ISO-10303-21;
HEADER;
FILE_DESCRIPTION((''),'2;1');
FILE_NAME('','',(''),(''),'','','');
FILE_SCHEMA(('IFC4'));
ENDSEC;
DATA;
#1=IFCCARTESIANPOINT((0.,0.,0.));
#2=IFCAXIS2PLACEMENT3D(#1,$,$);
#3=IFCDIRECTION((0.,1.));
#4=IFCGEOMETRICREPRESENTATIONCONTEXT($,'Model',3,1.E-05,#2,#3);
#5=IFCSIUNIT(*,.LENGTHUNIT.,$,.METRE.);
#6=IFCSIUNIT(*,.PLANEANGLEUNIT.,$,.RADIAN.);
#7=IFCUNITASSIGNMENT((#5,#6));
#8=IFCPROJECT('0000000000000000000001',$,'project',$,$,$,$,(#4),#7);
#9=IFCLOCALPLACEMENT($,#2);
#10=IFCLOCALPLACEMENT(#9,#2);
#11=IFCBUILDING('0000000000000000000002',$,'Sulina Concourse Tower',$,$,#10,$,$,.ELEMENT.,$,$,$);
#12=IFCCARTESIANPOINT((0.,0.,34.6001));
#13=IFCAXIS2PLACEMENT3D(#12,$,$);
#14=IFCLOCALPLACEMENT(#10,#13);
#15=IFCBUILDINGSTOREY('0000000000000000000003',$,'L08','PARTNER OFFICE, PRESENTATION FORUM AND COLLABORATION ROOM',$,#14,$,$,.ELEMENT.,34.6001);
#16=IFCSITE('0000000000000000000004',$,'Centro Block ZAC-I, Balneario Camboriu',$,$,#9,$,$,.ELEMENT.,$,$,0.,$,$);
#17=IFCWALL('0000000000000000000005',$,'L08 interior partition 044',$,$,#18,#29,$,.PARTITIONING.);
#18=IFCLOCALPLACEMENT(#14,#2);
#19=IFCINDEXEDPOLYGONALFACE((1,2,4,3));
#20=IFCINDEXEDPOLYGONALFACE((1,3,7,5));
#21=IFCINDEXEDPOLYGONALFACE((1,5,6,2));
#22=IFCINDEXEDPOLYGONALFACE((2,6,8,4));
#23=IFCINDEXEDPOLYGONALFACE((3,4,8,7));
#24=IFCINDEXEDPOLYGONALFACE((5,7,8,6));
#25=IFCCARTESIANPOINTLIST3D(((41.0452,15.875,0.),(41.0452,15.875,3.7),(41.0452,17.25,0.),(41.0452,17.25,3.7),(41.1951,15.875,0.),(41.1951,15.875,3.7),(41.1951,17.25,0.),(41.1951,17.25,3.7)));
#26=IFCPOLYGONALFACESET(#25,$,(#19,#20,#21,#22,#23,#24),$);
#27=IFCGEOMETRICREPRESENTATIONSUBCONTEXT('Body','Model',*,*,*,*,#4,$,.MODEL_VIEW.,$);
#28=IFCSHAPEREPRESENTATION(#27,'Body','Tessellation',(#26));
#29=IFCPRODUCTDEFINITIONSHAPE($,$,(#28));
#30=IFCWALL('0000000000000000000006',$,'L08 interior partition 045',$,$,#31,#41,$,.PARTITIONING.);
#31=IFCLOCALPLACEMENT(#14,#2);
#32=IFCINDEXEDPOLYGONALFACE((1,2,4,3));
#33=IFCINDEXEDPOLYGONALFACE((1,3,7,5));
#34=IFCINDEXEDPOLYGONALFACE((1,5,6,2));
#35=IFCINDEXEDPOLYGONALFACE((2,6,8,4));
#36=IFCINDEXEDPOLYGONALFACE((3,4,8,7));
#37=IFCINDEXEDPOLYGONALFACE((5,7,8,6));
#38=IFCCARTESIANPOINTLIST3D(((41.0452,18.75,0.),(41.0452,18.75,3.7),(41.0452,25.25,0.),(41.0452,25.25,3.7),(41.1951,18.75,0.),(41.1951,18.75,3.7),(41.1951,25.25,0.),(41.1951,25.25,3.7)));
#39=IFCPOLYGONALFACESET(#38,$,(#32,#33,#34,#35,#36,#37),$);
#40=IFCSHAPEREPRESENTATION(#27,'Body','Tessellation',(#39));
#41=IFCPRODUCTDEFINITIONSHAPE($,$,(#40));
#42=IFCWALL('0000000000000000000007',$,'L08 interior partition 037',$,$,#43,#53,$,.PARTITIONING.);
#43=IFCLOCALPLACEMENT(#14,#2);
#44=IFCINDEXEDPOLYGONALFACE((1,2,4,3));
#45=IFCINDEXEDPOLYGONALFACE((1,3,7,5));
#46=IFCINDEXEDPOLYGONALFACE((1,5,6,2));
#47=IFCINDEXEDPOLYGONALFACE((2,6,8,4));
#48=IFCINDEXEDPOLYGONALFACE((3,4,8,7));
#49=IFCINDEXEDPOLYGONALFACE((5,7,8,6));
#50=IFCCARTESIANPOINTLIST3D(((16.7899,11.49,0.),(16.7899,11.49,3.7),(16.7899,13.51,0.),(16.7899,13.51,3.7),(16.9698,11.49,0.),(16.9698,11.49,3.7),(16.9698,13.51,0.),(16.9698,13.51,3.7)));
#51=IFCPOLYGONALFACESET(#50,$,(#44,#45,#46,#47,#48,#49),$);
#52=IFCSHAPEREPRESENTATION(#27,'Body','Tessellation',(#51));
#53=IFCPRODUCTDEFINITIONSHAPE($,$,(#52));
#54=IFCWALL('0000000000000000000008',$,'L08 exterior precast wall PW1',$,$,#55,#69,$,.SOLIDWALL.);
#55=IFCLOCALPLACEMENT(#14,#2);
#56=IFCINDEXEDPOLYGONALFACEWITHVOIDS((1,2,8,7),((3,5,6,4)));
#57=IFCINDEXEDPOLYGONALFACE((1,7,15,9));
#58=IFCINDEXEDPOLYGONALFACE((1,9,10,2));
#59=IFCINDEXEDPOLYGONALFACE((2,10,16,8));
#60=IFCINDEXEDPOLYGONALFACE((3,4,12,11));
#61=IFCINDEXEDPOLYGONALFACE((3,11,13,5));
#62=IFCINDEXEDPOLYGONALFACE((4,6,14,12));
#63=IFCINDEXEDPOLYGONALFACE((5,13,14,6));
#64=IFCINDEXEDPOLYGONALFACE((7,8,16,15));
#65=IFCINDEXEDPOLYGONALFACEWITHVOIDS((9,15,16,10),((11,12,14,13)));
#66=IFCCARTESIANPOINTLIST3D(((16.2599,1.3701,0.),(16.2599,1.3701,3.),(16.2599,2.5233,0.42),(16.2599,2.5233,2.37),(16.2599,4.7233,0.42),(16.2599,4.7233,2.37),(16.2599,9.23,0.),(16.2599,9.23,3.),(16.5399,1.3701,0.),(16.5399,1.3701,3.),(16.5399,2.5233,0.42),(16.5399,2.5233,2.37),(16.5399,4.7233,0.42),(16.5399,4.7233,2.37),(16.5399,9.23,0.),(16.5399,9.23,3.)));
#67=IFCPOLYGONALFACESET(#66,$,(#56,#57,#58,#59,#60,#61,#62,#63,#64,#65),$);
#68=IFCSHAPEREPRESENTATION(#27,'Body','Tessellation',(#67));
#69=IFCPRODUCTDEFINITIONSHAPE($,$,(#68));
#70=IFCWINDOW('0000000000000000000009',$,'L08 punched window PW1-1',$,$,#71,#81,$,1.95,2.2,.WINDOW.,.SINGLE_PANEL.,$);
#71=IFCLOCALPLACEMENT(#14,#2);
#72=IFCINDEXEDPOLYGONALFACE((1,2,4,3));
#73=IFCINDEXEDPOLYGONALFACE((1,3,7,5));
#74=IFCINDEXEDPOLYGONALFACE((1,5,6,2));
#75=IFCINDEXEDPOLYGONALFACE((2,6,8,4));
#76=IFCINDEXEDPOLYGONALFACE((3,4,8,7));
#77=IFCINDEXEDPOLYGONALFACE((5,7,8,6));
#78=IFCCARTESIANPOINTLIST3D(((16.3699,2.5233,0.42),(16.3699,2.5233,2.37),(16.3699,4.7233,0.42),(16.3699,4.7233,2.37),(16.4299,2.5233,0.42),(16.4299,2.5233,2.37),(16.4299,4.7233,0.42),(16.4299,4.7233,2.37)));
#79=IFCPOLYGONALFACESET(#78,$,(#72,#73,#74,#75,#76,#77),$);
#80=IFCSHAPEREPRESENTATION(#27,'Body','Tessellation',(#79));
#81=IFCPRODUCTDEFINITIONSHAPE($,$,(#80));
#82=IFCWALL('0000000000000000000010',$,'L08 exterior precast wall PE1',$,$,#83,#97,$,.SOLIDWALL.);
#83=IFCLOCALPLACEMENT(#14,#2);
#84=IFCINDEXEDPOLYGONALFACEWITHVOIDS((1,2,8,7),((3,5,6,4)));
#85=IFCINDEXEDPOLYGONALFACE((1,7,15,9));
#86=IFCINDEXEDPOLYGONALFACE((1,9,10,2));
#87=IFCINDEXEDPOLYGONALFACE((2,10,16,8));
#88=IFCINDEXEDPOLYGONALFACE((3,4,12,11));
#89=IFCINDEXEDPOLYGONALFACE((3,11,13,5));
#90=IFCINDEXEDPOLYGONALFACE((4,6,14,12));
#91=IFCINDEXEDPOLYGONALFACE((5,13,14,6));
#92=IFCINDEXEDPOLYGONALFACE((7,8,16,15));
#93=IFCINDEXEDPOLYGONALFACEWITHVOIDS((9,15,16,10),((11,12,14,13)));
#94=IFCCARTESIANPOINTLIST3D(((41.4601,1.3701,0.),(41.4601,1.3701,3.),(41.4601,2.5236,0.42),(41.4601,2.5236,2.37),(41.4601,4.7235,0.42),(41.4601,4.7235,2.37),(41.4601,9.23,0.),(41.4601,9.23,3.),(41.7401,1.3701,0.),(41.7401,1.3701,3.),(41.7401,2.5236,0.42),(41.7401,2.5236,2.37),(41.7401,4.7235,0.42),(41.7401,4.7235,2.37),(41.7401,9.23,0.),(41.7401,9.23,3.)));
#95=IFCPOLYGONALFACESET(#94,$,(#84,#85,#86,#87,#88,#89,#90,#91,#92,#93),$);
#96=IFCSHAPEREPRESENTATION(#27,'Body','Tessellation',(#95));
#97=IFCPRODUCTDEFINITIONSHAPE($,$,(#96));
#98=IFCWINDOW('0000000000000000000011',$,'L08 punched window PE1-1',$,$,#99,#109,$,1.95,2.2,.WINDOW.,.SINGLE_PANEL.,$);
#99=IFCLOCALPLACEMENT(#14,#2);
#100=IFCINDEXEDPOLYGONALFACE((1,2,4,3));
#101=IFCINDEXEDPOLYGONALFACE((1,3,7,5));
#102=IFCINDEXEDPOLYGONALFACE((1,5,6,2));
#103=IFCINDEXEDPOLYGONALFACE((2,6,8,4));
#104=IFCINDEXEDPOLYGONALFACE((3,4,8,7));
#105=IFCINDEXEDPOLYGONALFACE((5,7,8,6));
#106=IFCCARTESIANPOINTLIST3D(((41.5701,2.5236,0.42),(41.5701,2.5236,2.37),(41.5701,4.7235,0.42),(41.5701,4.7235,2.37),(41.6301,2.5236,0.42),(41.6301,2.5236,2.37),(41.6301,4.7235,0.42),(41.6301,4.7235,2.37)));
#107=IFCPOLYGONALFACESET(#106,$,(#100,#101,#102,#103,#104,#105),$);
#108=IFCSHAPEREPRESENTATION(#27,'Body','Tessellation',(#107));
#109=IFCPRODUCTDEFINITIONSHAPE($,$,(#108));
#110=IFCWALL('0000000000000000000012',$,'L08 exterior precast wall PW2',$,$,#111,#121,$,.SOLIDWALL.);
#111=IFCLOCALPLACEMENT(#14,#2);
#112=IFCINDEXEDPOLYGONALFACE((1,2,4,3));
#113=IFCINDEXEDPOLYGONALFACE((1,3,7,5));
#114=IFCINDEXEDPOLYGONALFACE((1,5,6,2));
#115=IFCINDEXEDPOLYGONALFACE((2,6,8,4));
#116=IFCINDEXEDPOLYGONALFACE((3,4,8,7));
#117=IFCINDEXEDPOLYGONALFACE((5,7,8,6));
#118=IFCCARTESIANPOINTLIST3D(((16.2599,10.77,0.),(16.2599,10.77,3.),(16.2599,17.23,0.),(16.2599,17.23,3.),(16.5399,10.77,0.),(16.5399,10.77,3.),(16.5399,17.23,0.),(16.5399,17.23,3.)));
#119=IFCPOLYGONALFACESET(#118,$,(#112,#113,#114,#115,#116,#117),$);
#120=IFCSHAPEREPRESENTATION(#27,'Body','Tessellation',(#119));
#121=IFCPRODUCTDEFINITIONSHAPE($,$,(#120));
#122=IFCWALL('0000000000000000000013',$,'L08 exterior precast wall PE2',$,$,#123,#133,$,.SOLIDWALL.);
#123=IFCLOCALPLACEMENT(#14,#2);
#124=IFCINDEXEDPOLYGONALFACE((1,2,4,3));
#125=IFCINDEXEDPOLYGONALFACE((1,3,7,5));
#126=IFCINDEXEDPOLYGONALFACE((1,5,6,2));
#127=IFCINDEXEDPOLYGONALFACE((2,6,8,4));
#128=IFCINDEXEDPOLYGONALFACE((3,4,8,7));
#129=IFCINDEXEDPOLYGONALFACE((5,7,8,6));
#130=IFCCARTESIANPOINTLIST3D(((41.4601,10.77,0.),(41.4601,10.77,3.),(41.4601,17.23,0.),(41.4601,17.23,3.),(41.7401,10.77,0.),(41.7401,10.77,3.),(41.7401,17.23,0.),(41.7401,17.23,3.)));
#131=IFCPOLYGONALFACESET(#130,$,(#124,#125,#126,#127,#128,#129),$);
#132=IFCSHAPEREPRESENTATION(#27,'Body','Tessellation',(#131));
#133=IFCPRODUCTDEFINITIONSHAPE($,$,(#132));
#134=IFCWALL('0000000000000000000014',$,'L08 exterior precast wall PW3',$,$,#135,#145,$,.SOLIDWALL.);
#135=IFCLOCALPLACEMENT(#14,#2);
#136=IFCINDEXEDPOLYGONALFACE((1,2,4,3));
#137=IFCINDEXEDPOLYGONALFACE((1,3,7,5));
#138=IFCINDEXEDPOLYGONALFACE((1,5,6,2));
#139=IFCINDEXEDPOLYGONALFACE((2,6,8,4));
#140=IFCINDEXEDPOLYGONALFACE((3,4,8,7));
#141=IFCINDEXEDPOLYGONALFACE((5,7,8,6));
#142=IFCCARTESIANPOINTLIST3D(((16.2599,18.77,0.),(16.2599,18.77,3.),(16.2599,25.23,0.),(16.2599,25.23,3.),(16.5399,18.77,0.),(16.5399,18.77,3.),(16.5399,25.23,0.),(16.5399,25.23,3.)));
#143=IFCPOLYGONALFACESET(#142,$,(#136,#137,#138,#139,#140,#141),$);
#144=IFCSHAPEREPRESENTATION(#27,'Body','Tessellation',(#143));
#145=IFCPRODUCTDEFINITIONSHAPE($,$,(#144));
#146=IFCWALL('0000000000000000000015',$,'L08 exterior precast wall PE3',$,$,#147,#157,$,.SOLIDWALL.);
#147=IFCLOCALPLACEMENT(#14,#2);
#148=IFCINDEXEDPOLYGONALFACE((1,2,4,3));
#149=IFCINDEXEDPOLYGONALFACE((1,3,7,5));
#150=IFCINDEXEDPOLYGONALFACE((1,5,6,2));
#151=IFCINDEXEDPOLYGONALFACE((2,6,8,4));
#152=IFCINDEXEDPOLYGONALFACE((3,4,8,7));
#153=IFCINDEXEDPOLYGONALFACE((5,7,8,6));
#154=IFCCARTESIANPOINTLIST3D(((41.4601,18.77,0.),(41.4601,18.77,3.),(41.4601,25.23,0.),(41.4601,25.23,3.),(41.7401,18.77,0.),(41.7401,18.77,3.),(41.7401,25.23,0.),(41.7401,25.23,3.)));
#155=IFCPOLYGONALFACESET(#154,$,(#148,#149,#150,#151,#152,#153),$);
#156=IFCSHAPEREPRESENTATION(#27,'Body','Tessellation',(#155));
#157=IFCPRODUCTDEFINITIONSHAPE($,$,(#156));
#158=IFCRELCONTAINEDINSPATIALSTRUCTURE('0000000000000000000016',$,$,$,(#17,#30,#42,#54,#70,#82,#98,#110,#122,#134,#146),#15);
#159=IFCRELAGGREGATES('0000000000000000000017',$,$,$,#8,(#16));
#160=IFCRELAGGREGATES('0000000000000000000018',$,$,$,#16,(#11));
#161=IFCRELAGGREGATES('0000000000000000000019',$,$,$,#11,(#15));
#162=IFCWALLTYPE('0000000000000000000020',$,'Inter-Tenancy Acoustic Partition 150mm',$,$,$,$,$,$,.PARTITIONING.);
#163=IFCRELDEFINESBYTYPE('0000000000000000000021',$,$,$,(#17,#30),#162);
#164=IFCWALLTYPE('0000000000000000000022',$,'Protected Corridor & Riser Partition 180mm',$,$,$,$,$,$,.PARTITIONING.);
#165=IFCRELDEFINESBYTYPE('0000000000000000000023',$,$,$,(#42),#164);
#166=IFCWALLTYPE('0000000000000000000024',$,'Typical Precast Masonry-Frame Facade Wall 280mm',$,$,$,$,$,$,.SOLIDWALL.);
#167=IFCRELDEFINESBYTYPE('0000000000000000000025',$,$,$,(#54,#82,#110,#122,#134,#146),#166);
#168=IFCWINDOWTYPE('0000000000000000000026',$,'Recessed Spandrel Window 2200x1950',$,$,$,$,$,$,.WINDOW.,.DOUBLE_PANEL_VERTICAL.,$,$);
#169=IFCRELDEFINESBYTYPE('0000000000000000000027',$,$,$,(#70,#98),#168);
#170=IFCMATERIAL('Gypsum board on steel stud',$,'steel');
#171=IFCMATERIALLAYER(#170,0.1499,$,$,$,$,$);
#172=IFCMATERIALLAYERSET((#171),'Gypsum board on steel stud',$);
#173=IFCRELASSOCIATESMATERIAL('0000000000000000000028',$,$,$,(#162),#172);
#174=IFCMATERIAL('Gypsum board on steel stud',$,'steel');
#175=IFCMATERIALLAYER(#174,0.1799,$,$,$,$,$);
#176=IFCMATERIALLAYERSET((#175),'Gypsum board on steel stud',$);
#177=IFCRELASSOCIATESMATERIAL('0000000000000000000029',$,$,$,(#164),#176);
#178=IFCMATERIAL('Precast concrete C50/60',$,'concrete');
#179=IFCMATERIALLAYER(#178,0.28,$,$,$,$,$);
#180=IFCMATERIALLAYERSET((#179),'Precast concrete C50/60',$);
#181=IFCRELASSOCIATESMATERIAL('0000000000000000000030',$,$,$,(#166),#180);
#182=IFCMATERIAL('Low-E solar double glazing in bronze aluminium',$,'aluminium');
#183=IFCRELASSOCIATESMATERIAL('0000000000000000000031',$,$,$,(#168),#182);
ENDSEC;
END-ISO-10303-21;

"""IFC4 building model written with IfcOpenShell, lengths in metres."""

from ifc_helpers import new_model, si_unit, direction, frame, frame_2d, origin, place, context, subcontext, project, spatial, rectangle, extrude, material, layer, layer_set, type_object, element, fill, save


model = new_model("IFC4")

# Units and contexts
model_context = context("Model", 3, precision=1e-05, world=origin(), true_north=direction((0.0, 1.0)))
body_context = subcontext(model_context, "Body", "Model", "MODEL_VIEW")
ifc_project = project(units=[si_unit("LENGTHUNIT", "METRE"), si_unit("PLANEANGLEUNIT", "RADIAN")], contexts=[model_context])

# Site, building, storey
site_placement = place(None, origin())
site = spatial("IfcSite", under=ifc_project, at=site_placement, Name="Centro Block ZAC-I, Balneario Camboriu", CompositionType="ELEMENT", RefElevation=0.0)
building_placement = place(site_placement, origin())
building = spatial("IfcBuilding", under=site, at=building_placement, Name="Sulina Concourse Tower", CompositionType="ELEMENT")
storey_placement = place(building_placement, frame((0.0, 0.0, 34.6001)))
storey = spatial("IfcBuildingStorey", under=building, at=storey_placement, Name="L08", Description="PARTNER OFFICE, PRESENTATION FORUM AND COLLABORATION ROOM", CompositionType="ELEMENT", Elevation=34.6001)

# Walls
ifc_material_1 = material(Name="Gypsum board on steel stud", Category="steel")
ifc_layer_1 = layer(ifc_material_1, 0.1499)
ifc_layer_set_1 = layer_set([ifc_layer_1], Name="Gypsum board on steel stud")
wall_type_1 = type_object("IfcWallType", Name="Inter-Tenancy Acoustic Partition 150mm", PredefinedType="PARTITIONING", material=ifc_layer_set_1)
wall_1_placement = place(storey_placement, frame((41.1201, 15.875, 0.0), z_axis=(0.0, 0.0, 1.0), x_axis=(0.0, 1.0, 0.0)))
element("IfcWall", 1, at=wall_1_placement, inside=storey, type_object=wall_type_1, Name="L08 interior partition 044", PredefinedType="PARTITIONING", context=body_context, shape_type="SweptSolid", body=[
    extrude(rectangle(XDim=1.375, YDim=0.1499, at=frame_2d((0.6875, 0.0))), origin(), (0.0, 0.0, 1.0), 3.7),
])
wall_2_placement = place(storey_placement, frame((41.1201, 18.75, 0.0), z_axis=(0.0, 0.0, 1.0), x_axis=(0.0, 1.0, 0.0)))
element("IfcWall", 2, at=wall_2_placement, inside=storey, type_object=wall_type_1, Name="L08 interior partition 045", PredefinedType="PARTITIONING", context=body_context, shape_type="SweptSolid", body=[
    extrude(rectangle(XDim=6.5, YDim=0.1499, at=frame_2d((3.25, 0.0))), origin(), (0.0, 0.0, 1.0), 3.7),
])
ifc_material_2 = material(Name="Gypsum board on steel stud", Category="steel")
ifc_layer_2 = layer(ifc_material_2, 0.1799)
ifc_layer_set_2 = layer_set([ifc_layer_2], Name="Gypsum board on steel stud")
wall_type_2 = type_object("IfcWallType", Name="Protected Corridor & Riser Partition 180mm", PredefinedType="PARTITIONING", material=ifc_layer_set_2)
wall_3_placement = place(storey_placement, frame((16.8799, 11.49, 0.0), z_axis=(0.0, 0.0, 1.0), x_axis=(0.0, 1.0, 0.0)))
element("IfcWall", 3, at=wall_3_placement, inside=storey, type_object=wall_type_2, Name="L08 interior partition 037", PredefinedType="PARTITIONING", context=body_context, shape_type="SweptSolid", body=[
    extrude(rectangle(XDim=2.02, YDim=0.1799, at=frame_2d((1.01, 0.0))), origin(), (0.0, 0.0, 1.0), 3.7),
])

# Walls, openings, windows
ifc_material_3 = material(Name="Precast concrete C50/60", Category="concrete")
ifc_layer_3 = layer(ifc_material_3, 0.28)
ifc_layer_set_3 = layer_set([ifc_layer_3], Name="Precast concrete C50/60")
wall_type_3 = type_object("IfcWallType", Name="Typical Precast Masonry-Frame Facade Wall 280mm", PredefinedType="SOLIDWALL", material=ifc_layer_set_3)
wall_4_placement = place(storey_placement, frame((16.3999, 9.23, 0.0), z_axis=(0.0, 0.0, 1.0), x_axis=(0.0, -1.0, 0.0)))
wall_4 = element("IfcWall", 4, at=wall_4_placement, inside=storey, type_object=wall_type_3, Name="L08 exterior precast wall PW1", PredefinedType="SOLIDWALL", context=body_context, shape_type="SweptSolid", body=[
    extrude(rectangle(XDim=7.8599, YDim=0.28, at=frame_2d((3.9299, 0.0))), origin(), (0.0, 0.0, 1.0), 3.0),
])
opening_1_placement = place(wall_4_placement, frame((4.5066, 0.0, 0.4199)))
opening_1 = element("IfcOpeningElement", 5, at=opening_1_placement, cuts=wall_4, PredefinedType="OPENING", context=body_context, shape_type="SweptSolid", body=[
    extrude(rectangle(XDim=2.2, YDim=1.95, at=frame_2d((1.1001, 0.9751))), frame((0.0, 0.1499, 0.0), z_axis=(0.0, -1.0, 0.0), x_axis=(1.0, 0.0, 0.0)), (0.0, 0.0, 1.0), 0.3),
])
ifc_material_4 = material(Name="Low-E solar double glazing in bronze aluminium", Category="aluminium")
window_type = type_object("IfcWindowType", Name="Recessed Spandrel Window 2200x1950", PartitioningType="DOUBLE_PANEL_VERTICAL", PredefinedType="WINDOW", material=ifc_material_4)
window_1_placement = place(opening_1_placement, origin())
window_1 = element("IfcWindow", 6, at=window_1_placement, inside=storey, type_object=window_type, Name="L08 punched window PW1-1", OverallHeight=1.95, OverallWidth=2.2, PartitioningType="SINGLE_PANEL", PredefinedType="WINDOW", context=body_context, shape_type="SweptSolid", body=[
    extrude(rectangle(XDim=2.2, YDim=1.95, at=frame_2d((1.1001, 0.9751))), frame((0.0, 0.03, 0.0), z_axis=(0.0, -1.0, 0.0), x_axis=(1.0, 0.0, 0.0)), (0.0, 0.0, 1.0), 0.0601),
])
fill(opening_1, window_1)
wall_5_placement = place(storey_placement, frame((41.6001, 1.3701, 0.0), z_axis=(0.0, 0.0, 1.0), x_axis=(0.0, 1.0, 0.0)))
wall_5 = element("IfcWall", 7, at=wall_5_placement, inside=storey, type_object=wall_type_3, Name="L08 exterior precast wall PE1", PredefinedType="SOLIDWALL", context=body_context, shape_type="SweptSolid", body=[
    extrude(rectangle(XDim=7.8599, YDim=0.28, at=frame_2d((3.9299, 0.0))), origin(), (0.0, 0.0, 1.0), 3.0),
])
opening_2_placement = place(wall_5_placement, frame((1.1533, 0.0, 0.4199)))
opening_2 = element("IfcOpeningElement", 8, at=opening_2_placement, cuts=wall_5, PredefinedType="OPENING", context=body_context, shape_type="SweptSolid", body=[
    extrude(rectangle(XDim=2.2, YDim=1.95, at=frame_2d((1.1001, 0.9751))), frame((0.0, 0.1499, 0.0), z_axis=(0.0, -1.0, 0.0), x_axis=(1.0, 0.0, 0.0)), (0.0, 0.0, 1.0), 0.3),
])
window_2_placement = place(opening_2_placement, origin())
window_2 = element("IfcWindow", 9, at=window_2_placement, inside=storey, type_object=window_type, Name="L08 punched window PE1-1", OverallHeight=1.95, OverallWidth=2.2, PartitioningType="SINGLE_PANEL", PredefinedType="WINDOW", context=body_context, shape_type="SweptSolid", body=[
    extrude(rectangle(XDim=2.2, YDim=1.95, at=frame_2d((1.1001, 0.9751))), frame((0.0, 0.03, 0.0), z_axis=(0.0, -1.0, 0.0), x_axis=(1.0, 0.0, 0.0)), (0.0, 0.0, 1.0), 0.0601),
])
fill(opening_2, window_2)

# Walls
for number, where, z_axis, x_axis, name in (
    (10, (16.3999, 17.23, 0.0), (0.0, 0.0, 1.0), (0.0, -1.0, 0.0), "L08 exterior precast wall PW2"),
    (11, (41.6001, 10.77, 0.0), (0.0, 0.0, 1.0), (0.0, 1.0, 0.0), "L08 exterior precast wall PE2"),
    (12, (16.3999, 25.23, 0.0), (0.0, 0.0, 1.0), (0.0, -1.0, 0.0), "L08 exterior precast wall PW3"),
    (13, (41.6001, 18.77, 0.0), (0.0, 0.0, 1.0), (0.0, 1.0, 0.0), "L08 exterior precast wall PE3"),
):
    element("IfcWall", number, at=place(storey_placement, frame(where, z_axis=z_axis, x_axis=x_axis)), inside=storey, type_object=wall_type_3, Name=name, PredefinedType="SOLIDWALL", context=body_context, shape_type="SweptSolid", body=[
        extrude(rectangle(XDim=6.46, YDim=0.28, at=frame_2d((3.23, 0.0))), origin(), (0.0, 0.0, 1.0), 3.0),
    ])

save(model, "model.ifc")
